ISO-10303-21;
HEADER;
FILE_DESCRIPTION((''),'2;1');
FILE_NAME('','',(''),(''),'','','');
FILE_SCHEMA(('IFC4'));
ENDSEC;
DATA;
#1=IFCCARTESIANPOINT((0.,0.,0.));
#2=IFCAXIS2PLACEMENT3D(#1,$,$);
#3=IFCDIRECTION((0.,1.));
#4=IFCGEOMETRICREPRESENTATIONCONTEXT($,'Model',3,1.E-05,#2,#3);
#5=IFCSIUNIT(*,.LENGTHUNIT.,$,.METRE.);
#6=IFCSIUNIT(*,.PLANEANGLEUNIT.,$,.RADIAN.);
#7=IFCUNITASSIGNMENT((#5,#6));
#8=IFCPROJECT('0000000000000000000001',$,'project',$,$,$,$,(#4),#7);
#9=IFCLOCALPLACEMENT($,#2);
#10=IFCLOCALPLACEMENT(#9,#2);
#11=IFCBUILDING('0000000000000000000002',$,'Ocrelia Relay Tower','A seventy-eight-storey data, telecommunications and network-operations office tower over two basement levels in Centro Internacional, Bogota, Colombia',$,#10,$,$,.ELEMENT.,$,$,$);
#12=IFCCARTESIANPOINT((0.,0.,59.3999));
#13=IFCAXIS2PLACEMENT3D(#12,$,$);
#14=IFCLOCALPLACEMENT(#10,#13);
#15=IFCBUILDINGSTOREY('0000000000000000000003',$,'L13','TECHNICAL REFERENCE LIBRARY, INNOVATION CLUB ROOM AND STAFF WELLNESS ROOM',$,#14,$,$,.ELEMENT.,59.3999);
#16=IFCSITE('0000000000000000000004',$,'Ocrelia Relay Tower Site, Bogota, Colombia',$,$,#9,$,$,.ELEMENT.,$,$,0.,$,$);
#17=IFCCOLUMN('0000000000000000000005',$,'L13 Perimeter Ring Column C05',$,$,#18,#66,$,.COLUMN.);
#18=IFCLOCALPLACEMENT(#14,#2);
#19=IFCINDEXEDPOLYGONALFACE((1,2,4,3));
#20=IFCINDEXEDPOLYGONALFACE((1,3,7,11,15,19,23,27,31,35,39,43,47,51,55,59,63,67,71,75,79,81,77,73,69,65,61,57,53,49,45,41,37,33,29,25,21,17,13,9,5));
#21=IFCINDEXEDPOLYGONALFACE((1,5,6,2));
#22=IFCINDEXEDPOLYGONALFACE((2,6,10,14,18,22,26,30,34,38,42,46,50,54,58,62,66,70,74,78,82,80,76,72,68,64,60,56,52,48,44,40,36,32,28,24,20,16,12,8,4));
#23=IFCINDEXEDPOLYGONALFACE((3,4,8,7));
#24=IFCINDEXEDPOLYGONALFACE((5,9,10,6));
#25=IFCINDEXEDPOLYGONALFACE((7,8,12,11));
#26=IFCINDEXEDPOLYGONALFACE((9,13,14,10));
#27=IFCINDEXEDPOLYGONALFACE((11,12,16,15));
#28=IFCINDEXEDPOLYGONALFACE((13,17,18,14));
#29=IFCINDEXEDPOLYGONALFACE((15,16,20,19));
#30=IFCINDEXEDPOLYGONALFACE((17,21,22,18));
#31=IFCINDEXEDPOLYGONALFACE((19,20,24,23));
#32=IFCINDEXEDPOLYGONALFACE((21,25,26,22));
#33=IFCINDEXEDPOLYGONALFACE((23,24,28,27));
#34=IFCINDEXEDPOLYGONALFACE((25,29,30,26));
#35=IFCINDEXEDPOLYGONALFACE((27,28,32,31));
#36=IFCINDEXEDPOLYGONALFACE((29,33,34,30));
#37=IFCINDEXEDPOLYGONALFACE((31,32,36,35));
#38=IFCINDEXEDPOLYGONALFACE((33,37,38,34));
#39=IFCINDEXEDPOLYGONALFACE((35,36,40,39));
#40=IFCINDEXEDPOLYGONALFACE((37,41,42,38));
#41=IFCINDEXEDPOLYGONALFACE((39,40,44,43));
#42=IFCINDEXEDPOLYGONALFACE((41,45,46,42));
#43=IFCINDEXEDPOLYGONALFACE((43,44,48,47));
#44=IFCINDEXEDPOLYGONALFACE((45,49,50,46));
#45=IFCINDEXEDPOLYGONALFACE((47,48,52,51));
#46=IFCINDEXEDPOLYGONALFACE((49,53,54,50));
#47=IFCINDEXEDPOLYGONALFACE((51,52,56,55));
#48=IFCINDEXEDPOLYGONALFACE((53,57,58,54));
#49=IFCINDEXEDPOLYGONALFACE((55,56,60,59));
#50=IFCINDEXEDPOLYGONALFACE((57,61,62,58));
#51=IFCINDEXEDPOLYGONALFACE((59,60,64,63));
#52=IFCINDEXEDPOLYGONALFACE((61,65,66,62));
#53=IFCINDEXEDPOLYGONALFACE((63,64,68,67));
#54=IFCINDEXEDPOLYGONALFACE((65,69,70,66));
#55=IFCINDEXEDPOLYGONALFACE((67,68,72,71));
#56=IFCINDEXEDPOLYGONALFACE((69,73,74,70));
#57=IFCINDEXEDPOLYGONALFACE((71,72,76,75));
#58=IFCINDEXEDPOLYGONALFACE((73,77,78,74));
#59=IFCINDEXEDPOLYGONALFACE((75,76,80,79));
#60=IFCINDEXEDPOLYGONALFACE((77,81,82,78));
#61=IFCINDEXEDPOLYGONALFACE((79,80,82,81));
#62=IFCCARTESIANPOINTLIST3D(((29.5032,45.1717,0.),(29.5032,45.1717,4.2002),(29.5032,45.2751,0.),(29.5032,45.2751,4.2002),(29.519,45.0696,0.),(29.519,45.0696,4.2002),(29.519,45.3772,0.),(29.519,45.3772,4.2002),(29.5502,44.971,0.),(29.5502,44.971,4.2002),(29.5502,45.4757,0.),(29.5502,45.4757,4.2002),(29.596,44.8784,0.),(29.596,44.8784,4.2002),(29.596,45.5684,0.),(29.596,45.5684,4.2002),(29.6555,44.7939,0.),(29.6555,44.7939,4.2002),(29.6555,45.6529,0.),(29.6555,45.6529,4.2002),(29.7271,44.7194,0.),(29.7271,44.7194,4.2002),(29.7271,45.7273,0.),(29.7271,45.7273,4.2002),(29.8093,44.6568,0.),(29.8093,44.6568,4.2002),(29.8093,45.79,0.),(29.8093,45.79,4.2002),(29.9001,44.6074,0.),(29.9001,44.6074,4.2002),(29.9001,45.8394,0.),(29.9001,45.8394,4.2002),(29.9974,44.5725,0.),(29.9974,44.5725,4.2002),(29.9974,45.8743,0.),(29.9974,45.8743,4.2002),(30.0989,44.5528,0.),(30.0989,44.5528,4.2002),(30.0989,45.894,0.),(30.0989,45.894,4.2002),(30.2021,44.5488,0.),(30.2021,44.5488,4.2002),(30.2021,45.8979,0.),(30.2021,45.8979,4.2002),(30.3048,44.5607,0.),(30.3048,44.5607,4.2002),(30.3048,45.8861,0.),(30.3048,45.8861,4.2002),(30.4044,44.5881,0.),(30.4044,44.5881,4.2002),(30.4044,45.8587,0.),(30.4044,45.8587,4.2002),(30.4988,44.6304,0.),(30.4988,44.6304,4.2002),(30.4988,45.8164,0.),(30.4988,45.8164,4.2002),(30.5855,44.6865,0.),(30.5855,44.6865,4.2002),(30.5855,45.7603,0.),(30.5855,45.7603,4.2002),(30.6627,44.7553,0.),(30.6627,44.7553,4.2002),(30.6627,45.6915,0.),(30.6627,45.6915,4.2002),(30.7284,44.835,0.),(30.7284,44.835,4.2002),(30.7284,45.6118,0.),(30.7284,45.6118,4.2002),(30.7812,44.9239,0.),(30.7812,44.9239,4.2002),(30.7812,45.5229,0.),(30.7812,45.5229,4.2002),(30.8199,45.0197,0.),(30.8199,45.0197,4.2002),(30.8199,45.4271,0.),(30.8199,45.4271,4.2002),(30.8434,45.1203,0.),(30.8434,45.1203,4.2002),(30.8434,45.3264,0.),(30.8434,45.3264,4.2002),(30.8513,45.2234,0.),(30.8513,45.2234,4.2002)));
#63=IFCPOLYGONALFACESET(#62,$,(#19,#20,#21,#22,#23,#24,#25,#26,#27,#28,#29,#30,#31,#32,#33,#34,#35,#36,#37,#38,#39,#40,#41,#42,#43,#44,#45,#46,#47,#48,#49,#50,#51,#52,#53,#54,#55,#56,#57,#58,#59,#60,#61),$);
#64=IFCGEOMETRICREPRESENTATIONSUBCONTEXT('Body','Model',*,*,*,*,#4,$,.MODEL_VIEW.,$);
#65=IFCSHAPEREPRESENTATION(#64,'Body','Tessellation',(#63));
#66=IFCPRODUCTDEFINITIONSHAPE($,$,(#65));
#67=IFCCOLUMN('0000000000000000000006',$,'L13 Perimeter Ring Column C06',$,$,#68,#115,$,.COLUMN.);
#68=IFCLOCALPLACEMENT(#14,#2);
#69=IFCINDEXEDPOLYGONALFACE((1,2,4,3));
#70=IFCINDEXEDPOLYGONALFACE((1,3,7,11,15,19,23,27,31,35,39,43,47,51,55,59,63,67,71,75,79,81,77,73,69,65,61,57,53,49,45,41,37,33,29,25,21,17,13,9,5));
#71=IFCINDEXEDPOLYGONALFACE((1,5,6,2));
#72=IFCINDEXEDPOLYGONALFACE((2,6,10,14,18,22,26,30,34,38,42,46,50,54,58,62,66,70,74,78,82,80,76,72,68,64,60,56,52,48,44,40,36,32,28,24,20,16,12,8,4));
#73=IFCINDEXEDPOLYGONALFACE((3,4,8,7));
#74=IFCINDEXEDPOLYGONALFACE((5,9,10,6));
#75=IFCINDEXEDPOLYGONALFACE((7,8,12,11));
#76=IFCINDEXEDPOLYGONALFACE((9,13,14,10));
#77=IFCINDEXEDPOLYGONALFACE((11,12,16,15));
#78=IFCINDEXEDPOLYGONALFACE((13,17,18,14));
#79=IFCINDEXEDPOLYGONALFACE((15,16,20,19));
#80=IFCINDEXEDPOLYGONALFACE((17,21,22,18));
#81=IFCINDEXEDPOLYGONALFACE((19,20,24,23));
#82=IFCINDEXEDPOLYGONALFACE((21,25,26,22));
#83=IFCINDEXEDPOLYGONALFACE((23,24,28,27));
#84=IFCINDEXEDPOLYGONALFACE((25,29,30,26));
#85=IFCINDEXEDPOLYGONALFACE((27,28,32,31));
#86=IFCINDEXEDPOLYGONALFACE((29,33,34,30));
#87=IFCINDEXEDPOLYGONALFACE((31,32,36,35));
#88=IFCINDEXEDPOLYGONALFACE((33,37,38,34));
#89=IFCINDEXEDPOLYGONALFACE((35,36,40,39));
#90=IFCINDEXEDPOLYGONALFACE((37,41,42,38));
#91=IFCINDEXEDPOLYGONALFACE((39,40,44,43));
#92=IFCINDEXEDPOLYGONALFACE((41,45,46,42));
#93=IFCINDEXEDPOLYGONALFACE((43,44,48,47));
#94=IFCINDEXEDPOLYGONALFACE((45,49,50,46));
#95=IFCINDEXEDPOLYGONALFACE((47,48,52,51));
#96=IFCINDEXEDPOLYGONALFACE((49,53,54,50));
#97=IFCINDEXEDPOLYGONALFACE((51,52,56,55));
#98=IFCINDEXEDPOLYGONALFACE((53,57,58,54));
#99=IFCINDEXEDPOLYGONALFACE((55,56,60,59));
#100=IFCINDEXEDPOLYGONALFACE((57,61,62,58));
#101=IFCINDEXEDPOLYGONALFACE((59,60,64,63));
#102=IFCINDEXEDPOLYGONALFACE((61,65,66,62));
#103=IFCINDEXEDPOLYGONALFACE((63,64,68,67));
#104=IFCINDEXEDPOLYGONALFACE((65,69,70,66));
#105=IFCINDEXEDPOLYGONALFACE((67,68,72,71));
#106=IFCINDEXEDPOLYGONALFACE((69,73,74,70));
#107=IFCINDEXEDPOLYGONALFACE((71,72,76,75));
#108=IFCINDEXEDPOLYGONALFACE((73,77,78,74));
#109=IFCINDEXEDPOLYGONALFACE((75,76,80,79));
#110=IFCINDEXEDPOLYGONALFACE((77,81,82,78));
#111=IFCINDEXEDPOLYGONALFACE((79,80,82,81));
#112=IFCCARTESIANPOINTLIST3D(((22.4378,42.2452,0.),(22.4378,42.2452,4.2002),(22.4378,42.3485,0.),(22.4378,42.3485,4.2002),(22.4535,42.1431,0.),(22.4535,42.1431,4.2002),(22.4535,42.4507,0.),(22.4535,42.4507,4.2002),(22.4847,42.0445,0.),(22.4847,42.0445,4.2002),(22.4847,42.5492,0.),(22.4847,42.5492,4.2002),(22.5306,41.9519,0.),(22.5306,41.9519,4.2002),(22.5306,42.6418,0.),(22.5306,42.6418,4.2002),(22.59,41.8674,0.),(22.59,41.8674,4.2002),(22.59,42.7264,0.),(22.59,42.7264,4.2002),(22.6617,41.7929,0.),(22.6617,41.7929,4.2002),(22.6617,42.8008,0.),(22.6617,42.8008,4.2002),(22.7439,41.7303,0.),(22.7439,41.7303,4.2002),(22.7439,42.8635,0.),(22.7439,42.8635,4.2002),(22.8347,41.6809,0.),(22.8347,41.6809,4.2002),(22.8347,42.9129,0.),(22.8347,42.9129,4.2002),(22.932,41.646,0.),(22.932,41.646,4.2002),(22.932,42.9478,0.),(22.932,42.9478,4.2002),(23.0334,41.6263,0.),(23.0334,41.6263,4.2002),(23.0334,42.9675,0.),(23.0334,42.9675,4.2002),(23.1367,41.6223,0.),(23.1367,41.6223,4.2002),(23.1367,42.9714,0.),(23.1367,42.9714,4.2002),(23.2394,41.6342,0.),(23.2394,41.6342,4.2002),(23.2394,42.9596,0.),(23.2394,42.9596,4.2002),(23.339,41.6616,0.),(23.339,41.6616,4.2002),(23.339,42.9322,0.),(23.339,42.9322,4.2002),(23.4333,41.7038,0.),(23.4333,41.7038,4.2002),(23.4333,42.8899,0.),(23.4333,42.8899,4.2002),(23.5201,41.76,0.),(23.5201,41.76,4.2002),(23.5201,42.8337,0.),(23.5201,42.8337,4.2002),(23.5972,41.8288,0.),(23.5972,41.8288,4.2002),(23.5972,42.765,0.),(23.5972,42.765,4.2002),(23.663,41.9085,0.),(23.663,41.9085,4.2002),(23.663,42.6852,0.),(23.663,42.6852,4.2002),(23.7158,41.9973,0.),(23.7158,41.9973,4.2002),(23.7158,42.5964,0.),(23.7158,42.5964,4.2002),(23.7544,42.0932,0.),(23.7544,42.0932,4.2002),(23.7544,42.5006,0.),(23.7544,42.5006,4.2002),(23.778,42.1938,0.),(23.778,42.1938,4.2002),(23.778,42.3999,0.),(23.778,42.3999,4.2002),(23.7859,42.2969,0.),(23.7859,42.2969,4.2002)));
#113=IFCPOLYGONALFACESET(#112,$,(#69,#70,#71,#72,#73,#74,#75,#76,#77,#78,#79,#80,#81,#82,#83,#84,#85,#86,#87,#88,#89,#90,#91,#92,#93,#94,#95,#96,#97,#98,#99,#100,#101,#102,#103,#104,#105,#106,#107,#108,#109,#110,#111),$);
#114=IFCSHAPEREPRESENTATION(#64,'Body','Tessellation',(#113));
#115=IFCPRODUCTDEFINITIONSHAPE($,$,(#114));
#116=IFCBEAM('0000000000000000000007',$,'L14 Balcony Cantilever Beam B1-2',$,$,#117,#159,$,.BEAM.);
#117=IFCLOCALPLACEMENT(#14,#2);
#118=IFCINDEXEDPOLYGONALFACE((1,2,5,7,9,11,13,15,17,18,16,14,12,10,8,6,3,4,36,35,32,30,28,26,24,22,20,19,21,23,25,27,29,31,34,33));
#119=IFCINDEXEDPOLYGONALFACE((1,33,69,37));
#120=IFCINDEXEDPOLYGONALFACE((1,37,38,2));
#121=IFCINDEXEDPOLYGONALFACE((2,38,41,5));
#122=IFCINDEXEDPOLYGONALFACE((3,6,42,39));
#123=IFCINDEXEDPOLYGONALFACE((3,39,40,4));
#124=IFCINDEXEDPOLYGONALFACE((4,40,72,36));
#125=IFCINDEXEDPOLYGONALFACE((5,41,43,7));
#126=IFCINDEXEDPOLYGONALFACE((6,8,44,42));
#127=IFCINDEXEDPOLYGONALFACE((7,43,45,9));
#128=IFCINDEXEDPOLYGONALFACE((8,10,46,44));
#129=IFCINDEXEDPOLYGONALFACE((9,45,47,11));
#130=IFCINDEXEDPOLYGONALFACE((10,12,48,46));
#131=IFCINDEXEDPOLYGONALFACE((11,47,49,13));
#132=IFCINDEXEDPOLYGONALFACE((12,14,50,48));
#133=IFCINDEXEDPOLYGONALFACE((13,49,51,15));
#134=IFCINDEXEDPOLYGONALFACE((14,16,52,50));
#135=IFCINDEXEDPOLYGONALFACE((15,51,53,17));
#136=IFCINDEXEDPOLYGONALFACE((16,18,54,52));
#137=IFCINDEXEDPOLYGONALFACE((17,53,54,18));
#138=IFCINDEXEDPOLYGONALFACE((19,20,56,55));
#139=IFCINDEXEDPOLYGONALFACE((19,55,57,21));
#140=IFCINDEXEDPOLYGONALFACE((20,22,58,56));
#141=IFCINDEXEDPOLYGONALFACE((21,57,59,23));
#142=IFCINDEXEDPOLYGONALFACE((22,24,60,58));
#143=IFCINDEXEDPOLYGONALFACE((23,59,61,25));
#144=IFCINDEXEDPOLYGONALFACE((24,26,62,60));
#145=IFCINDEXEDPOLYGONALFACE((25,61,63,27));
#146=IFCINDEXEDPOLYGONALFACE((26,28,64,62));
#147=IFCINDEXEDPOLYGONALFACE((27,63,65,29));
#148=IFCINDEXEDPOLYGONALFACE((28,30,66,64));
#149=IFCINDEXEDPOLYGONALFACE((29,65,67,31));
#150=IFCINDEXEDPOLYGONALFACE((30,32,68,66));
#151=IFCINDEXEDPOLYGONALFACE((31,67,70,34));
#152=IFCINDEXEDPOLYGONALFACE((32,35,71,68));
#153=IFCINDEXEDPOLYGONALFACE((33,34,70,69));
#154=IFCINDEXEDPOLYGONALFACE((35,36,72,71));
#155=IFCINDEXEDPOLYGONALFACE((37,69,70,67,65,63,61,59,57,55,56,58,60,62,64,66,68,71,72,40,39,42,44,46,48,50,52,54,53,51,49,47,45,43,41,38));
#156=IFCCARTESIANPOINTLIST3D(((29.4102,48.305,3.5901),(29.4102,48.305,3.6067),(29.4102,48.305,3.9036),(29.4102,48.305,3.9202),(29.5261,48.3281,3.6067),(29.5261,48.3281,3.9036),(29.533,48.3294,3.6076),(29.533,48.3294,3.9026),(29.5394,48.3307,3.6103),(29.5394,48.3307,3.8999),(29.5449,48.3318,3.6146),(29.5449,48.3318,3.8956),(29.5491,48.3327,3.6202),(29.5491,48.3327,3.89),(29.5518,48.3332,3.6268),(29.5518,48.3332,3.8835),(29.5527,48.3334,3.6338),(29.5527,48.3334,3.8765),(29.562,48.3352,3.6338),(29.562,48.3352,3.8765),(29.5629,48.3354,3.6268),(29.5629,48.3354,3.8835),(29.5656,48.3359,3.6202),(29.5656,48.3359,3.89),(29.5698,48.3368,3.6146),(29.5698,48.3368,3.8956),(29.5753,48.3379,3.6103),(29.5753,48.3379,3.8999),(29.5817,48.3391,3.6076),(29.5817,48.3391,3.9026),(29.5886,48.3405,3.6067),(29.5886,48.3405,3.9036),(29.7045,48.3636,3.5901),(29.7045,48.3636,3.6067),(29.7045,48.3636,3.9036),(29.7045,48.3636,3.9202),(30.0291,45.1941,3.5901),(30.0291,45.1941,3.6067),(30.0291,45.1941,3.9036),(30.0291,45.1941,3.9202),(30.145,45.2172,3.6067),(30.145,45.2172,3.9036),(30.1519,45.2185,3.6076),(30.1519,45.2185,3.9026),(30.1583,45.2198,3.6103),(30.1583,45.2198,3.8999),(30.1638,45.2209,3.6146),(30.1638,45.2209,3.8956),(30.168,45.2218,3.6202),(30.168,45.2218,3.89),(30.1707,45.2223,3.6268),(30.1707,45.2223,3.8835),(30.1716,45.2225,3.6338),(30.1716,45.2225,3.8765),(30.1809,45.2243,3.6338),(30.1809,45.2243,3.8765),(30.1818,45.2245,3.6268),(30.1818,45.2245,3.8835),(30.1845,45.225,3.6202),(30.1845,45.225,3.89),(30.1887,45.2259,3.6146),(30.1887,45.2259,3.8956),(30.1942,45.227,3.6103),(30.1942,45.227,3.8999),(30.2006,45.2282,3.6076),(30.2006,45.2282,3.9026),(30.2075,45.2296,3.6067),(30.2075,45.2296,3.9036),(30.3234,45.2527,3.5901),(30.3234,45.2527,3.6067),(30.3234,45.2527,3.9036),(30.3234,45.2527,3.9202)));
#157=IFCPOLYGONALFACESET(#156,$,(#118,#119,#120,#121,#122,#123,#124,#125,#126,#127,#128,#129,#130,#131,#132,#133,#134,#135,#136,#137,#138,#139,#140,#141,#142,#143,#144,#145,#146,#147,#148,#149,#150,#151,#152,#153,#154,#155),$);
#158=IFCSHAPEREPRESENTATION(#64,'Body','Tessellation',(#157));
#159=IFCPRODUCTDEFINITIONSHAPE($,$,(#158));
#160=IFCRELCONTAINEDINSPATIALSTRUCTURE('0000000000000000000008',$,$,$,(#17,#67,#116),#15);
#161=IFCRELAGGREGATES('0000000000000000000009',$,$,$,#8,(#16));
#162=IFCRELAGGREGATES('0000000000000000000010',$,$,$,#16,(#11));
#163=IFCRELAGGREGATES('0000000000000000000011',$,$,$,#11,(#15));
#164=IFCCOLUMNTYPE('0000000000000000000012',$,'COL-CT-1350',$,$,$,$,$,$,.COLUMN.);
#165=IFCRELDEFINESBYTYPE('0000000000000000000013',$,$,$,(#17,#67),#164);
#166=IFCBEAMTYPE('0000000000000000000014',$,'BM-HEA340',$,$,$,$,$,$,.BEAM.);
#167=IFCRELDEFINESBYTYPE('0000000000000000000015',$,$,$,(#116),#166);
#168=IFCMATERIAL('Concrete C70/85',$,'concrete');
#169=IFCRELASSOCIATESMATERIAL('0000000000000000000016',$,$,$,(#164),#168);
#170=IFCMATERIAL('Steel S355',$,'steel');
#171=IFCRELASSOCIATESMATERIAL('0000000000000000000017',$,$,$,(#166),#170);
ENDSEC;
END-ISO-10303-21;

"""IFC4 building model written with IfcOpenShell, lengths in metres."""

from ifc_helpers import new_model, si_unit, direction, frame, origin, origin_2d, place, context, subcontext, project, spatial, circle, i_section, extrude, material, material_profile, profile_set, type_object, element, save


model = new_model("IFC4")

# Units and contexts
model_context = context("Model", 3, precision=1e-05, world=origin(), true_north=direction((0.0, 1.0)))
body_context = subcontext(model_context, "Body", "Model", "MODEL_VIEW")
ifc_project = project(units=[si_unit("LENGTHUNIT", "METRE"), si_unit("PLANEANGLEUNIT", "RADIAN")], contexts=[model_context])

# Site, building, storey
site_placement = place(None, origin())
site = spatial("IfcSite", under=ifc_project, at=site_placement, Name="Ocrelia Relay Tower Site, Bogota, Colombia", CompositionType="ELEMENT", RefElevation=0.0)
building_placement = place(site_placement, origin())
building = spatial("IfcBuilding", under=site, at=building_placement, Name="Ocrelia Relay Tower", Description="A seventy-eight-storey data, telecommunications and network-operations office tower over two basement levels in Centro Internacional, Bogota, Colombia", CompositionType="ELEMENT")
storey_placement = place(building_placement, frame((0.0, 0.0, 59.3999)))
storey = spatial("IfcBuildingStorey", under=building, at=storey_placement, Name="L13", Description="TECHNICAL REFERENCE LIBRARY, INNOVATION CLUB ROOM AND STAFF WELLNESS ROOM", CompositionType="ELEMENT", Elevation=59.3999)

# Columns
ifc_material_1 = material(Name="Concrete C70/85", Category="concrete")
ifc_material_profile_1 = material_profile(ifc_material_1, circle(Radius=0.675, at=origin_2d()), Name="RC-CIR-1350")
ifc_profile_set_1 = profile_set([ifc_material_profile_1], Name="Concrete C70/85")
column_type = type_object("IfcColumnType", Name="COL-CT-1350", PredefinedType="COLUMN", material=ifc_profile_set_1)
for number, where, z_axis, x_axis, name in (
    (1, (30.1763, 45.2234, 0.0), (0.0, 0.0, 1.0), (1.0, 0.0, 0.0), "L13 Perimeter Ring Column C05"),
    (2, (23.1108, 42.2969, 0.0), (0.0, 0.0, 1.0), (1.0, 0.0, 0.0), "L13 Perimeter Ring Column C06"),
):
    element("IfcColumn", number, at=place(storey_placement, frame(where, z_axis=z_axis, x_axis=x_axis)), inside=storey, type_object=column_type, Name=name, PredefinedType="COLUMN", context=body_context, shape_type="SweptSolid", body=[
        extrude(circle(Radius=0.675, at=origin_2d()), origin(), (0.0, 0.0, 1.0), 4.2002),
    ])

# Beam
ifc_material_2 = material(Name="Steel S355", Category="steel")
ifc_material_profile_2 = material_profile(ifc_material_2, i_section(OverallWidth=0.3, OverallDepth=0.3301, WebThickness=0.0095, FlangeThickness=0.0166, FilletRadius=0.0271, at=origin_2d()), Name="HEA 340")
ifc_profile_set_2 = profile_set([ifc_material_profile_2], Name="Steel S355")
beam_type_1 = type_object("IfcBeamType", Name="BM-HEA340", PredefinedType="BEAM", material=ifc_profile_set_2)
beam_1_placement = place(storey_placement, frame((30.1763, 45.2234, 3.7551), z_axis=(-0.195124, 0.980779, 0.0), x_axis=(-0.980779, -0.195124, 0.0)))
element("IfcBeam", 3, at=beam_1_placement, inside=storey, type_object=beam_type_1, Name="L14 Balcony Cantilever Beam B1-2", PredefinedType="BEAM", context=body_context, shape_type="SweptSolid", body=[
    extrude(i_section(OverallWidth=0.3, OverallDepth=0.3301, WebThickness=0.0095, FlangeThickness=0.0166, FilletRadius=0.0271, at=origin_2d()), origin(), (0.0, 0.0, 1.0), 3.1719),
])

save(model, "model.ifc")
